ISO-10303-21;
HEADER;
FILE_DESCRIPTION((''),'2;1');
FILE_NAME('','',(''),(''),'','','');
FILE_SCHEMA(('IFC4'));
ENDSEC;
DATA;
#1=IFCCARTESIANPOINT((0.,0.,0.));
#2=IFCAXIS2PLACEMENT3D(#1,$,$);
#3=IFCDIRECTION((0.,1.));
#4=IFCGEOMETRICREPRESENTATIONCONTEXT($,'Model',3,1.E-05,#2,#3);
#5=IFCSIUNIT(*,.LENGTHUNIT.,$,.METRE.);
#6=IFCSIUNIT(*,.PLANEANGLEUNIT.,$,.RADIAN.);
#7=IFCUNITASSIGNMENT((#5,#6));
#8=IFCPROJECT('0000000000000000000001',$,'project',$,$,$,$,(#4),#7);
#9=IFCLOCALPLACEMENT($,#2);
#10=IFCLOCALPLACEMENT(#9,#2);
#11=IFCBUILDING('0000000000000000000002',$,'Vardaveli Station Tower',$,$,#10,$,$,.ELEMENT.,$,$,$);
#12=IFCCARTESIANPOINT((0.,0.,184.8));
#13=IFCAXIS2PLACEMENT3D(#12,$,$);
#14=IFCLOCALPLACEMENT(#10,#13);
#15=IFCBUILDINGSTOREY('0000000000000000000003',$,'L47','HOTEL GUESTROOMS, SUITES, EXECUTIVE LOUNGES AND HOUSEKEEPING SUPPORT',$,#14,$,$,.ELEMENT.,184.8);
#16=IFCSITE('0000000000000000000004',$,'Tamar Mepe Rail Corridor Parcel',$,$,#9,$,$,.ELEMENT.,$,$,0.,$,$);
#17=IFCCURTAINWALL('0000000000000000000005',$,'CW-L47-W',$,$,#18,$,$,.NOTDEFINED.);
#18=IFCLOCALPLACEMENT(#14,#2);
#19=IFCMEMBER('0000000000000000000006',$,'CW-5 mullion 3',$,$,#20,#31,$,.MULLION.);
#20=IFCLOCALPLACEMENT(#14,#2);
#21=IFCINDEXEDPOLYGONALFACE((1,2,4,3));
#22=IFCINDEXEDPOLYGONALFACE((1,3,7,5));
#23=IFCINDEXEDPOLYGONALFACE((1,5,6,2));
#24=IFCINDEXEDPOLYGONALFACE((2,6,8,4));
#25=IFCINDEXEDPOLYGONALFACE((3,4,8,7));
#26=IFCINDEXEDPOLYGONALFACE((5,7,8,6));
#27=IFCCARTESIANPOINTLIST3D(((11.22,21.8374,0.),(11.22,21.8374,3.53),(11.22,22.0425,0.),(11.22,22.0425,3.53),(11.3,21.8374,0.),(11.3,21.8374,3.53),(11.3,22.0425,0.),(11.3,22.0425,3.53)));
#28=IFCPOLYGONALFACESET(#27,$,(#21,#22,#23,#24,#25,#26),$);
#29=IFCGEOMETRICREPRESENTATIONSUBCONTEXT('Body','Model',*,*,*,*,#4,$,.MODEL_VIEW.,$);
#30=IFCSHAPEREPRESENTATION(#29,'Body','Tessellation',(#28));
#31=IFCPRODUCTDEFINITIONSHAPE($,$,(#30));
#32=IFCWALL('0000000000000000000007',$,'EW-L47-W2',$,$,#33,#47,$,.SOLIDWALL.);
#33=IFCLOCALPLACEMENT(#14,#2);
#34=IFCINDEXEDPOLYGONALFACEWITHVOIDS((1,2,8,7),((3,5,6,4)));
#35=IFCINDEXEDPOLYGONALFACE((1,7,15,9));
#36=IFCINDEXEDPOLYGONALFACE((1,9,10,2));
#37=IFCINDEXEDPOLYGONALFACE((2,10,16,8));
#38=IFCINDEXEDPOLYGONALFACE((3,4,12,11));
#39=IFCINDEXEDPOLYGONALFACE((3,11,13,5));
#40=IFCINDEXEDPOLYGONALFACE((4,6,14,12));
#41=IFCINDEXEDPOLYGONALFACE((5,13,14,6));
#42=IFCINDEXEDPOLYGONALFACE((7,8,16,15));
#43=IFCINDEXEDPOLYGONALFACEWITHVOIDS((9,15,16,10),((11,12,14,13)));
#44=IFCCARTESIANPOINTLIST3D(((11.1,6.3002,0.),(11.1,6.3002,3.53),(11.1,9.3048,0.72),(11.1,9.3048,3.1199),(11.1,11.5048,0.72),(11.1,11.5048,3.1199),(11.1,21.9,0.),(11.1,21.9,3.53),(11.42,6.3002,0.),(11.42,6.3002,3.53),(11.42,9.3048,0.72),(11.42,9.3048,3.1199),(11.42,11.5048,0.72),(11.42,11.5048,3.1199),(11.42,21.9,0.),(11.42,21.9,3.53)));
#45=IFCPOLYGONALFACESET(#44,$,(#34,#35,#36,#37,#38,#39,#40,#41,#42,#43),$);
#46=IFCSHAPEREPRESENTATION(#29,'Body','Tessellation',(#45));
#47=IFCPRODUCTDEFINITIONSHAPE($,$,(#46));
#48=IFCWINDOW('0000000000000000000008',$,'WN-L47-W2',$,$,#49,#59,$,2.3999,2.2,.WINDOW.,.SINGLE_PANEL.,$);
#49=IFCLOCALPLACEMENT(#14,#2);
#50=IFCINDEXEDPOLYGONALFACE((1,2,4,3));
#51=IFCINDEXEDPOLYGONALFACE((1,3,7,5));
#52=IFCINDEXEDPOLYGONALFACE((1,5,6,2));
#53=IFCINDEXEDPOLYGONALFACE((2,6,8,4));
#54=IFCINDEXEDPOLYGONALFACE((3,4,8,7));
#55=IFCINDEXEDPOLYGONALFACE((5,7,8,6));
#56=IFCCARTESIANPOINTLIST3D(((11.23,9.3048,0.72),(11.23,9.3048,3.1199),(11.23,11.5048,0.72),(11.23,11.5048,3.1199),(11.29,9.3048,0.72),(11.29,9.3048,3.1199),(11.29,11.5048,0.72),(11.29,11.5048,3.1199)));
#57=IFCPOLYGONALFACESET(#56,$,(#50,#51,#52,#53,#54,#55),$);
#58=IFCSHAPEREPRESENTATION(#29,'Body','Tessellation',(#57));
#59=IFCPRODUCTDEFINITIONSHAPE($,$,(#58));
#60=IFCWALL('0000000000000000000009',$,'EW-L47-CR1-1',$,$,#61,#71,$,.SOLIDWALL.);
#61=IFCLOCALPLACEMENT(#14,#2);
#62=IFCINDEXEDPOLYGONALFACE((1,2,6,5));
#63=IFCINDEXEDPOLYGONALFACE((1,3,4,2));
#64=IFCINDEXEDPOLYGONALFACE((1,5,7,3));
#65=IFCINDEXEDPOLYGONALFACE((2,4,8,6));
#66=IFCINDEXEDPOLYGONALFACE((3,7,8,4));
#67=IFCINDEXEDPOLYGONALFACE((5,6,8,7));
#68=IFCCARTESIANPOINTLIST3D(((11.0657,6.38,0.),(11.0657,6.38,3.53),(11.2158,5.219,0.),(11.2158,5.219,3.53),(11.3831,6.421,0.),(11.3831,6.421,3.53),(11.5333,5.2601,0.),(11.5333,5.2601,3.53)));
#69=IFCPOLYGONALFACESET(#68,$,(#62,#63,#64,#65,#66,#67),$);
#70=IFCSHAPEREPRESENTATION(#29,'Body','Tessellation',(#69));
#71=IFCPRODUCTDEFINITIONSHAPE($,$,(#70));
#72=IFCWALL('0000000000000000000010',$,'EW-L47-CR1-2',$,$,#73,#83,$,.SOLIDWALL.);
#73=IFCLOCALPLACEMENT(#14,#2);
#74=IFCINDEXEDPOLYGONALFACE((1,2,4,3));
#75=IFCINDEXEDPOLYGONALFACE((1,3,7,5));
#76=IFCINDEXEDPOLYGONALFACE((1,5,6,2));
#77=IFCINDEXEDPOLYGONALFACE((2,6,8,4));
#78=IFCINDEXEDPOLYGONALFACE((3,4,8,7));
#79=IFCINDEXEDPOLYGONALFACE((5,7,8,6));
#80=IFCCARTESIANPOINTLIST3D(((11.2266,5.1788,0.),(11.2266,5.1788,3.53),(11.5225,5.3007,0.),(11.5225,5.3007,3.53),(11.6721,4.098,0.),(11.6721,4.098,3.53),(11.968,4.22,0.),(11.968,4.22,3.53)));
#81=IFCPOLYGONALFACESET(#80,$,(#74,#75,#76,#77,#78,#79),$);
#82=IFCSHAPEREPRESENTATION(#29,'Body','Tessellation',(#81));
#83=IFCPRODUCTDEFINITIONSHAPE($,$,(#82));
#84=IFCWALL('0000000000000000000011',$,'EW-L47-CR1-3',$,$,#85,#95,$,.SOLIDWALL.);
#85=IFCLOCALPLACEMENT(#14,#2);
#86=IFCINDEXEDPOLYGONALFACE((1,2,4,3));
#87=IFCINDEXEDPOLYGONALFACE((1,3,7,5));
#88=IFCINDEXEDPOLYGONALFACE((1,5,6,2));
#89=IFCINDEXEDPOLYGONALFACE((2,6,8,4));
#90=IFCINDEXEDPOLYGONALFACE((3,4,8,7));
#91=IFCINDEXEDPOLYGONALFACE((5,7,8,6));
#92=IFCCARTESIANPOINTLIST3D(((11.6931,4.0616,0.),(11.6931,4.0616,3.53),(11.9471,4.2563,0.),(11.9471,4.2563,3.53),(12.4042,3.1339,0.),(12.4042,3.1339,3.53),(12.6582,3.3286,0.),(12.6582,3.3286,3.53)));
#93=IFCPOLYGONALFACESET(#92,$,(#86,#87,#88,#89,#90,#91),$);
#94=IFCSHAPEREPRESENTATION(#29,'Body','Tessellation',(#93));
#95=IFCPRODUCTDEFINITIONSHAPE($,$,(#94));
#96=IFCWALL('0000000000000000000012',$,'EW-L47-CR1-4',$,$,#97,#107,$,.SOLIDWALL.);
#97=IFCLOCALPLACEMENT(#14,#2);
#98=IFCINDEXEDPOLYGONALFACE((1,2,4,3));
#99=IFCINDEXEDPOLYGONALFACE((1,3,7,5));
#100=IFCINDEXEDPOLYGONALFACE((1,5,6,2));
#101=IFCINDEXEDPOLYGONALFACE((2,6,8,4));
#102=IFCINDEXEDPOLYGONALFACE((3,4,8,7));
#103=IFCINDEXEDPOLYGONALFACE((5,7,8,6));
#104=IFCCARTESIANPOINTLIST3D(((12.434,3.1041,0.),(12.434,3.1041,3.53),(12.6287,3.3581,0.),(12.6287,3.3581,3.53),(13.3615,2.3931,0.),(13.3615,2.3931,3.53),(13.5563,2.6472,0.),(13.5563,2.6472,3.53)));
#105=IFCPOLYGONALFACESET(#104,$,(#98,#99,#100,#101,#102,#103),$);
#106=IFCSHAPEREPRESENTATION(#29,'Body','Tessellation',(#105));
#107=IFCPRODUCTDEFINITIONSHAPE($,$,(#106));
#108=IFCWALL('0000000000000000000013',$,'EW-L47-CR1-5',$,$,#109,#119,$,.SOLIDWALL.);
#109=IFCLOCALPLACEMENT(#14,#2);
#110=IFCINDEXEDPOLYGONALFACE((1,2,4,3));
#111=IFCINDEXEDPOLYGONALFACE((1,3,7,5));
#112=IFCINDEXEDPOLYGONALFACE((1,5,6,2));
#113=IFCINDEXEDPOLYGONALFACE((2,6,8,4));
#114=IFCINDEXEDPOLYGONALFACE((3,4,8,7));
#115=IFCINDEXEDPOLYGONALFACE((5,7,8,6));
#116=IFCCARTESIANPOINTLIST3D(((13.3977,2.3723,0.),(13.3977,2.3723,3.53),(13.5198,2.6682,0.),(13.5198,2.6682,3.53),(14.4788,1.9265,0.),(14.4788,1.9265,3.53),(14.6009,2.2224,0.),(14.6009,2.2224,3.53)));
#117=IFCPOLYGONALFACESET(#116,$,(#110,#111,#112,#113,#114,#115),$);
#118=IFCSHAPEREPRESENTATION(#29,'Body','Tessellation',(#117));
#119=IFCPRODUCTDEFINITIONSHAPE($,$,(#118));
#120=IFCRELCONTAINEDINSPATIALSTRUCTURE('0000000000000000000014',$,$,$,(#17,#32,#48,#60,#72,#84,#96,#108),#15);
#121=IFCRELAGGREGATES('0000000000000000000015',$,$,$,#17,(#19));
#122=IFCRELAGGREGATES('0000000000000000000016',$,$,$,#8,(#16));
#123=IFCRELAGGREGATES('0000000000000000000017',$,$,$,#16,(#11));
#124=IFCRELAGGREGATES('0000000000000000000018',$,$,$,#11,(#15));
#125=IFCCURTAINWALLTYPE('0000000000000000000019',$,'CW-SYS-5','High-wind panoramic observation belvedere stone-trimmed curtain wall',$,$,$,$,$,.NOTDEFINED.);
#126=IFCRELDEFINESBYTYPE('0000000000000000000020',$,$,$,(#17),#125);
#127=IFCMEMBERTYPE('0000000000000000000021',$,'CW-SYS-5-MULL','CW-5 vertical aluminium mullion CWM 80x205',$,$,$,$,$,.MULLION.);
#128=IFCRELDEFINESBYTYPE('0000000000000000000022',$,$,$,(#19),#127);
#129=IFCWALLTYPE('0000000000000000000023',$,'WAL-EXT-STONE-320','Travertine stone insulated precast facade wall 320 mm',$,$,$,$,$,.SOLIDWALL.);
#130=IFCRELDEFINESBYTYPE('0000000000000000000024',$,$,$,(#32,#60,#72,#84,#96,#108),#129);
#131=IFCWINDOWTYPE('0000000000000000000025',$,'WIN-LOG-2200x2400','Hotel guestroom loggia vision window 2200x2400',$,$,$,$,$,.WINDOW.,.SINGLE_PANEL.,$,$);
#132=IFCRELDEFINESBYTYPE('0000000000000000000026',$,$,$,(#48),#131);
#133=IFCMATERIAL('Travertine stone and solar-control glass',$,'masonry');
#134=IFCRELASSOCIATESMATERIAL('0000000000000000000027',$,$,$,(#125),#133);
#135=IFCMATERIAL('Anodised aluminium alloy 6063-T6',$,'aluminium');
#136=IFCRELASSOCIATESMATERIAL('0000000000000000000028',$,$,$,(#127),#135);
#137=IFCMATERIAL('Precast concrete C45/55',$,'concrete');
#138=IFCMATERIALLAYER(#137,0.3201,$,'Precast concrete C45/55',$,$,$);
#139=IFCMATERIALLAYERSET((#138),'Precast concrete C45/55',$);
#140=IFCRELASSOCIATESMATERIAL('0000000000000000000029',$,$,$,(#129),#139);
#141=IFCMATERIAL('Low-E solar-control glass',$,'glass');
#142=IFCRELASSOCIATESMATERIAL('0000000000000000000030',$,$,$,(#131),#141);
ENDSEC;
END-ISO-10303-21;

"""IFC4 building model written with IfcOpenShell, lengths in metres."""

from ifc_helpers import new_model, si_unit, direction, frame, frame_2d, origin, origin_2d, place, context, subcontext, project, spatial, rectangle, extrude, source, transform, mapped, material, layer, layer_set, material_profile, profile_set, type_object, element, fill, aggregate, save


model = new_model("IFC4")

# Units and contexts
model_context = context("Model", 3, precision=1e-05, world=origin(), true_north=direction((0.0, 1.0)))
body_context = subcontext(model_context, "Body", "Model", "MODEL_VIEW")
ifc_project = project(units=[si_unit("LENGTHUNIT", "METRE"), si_unit("PLANEANGLEUNIT", "RADIAN")], contexts=[model_context])

# Site, building, storey
site_placement = place(None, origin())
site = spatial("IfcSite", under=ifc_project, at=site_placement, Name="Tamar Mepe Rail Corridor Parcel", CompositionType="ELEMENT", RefElevation=0.0)
building_placement = place(site_placement, origin())
building = spatial("IfcBuilding", under=site, at=building_placement, Name="Vardaveli Station Tower", CompositionType="ELEMENT")
storey_placement = place(building_placement, frame((0.0, 0.0, 184.8)))
storey = spatial("IfcBuildingStorey", under=building, at=storey_placement, Name="L47", Description="HOTEL GUESTROOMS, SUITES, EXECUTIVE LOUNGES AND HOUSEKEEPING SUPPORT", CompositionType="ELEMENT", Elevation=184.8)

# Shared definitions
ifc_material_1 = material(Name="Precast concrete C45/55", Category="concrete")

# Curtain wall, member
ifc_material_2 = material(Name="Travertine stone and solar-control glass", Category="masonry")
curtain_wall_type = type_object("IfcCurtainWallType", Name="CW-SYS-5", Description="High-wind panoramic observation belvedere stone-trimmed curtain wall", PredefinedType="NOTDEFINED", material=ifc_material_2)
curtain_wall_placement = place(storey_placement, origin())
curtain_wall = element("IfcCurtainWall", 1, at=curtain_wall_placement, inside=storey, type_object=curtain_wall_type, Name="CW-L47-W", PredefinedType="NOTDEFINED")
ifc_material_3 = material(Name="Anodised aluminium alloy 6063-T6", Category="aluminium")
ifc_material_profile_1 = material_profile(ifc_material_3, rectangle(XDim=0.0801, YDim=0.2051, at=origin_2d()), Name="CWM 80x205")
ifc_profile_set_1 = profile_set([ifc_material_profile_1], Name="Anodised aluminium alloy 6063-T6")
member_type = type_object("IfcMemberType", Name="CW-SYS-5-MULL", Description="CW-5 vertical aluminium mullion CWM 80x205", PredefinedType="MULLION", material=ifc_profile_set_1)
shared_shape_1 = source(origin(), body_context, "Body", "SweptSolid", [
    extrude(rectangle(XDim=0.0801, YDim=0.2051, at=origin_2d()), origin(), (0.0, 0.0, 1.0), 3.53),
])
member_placement = place(storey_placement, frame((11.26, 21.9399, 0.0), z_axis=(0.0, 0.0, 1.0), x_axis=(1.0, 0.0, 0.0)))
member = element("IfcMember", 2, at=member_placement, type_object=member_type, Name="CW-5 mullion 3", PredefinedType="MULLION", context=body_context, shape_type="MappedRepresentation", body=[
    mapped(shared_shape_1, transform((0.0, 0.0, 0.0), scale=1.0)),
])
aggregate(curtain_wall, [member])

# Wall, opening, window
ifc_layer_1 = layer(ifc_material_1, 0.3201, Name="Precast concrete C45/55")
ifc_layer_set_1 = layer_set([ifc_layer_1], Name="Precast concrete C45/55")
wall_type_1 = type_object("IfcWallType", Name="WAL-EXT-STONE-320", Description="Travertine stone insulated precast facade wall 320 mm", PredefinedType="SOLIDWALL", material=ifc_layer_set_1)
shared_shape_2 = source(origin(), body_context, "Body", "SweptSolid", [
    extrude(rectangle(XDim=15.5999, YDim=0.3201, at=frame_2d((7.7998, 0.0))), origin(), (0.0, 0.0, 1.0), 3.53),
])
wall_1_placement = place(storey_placement, frame((11.26, 21.8999, 0.0), z_axis=(0.0, 0.0, 1.0), x_axis=(0.0, -1.0, 0.0)))
wall_1 = element("IfcWall", 3, at=wall_1_placement, inside=storey, type_object=wall_type_1, Name="EW-L47-W2", PredefinedType="SOLIDWALL", context=body_context, shape_type="MappedRepresentation", body=[
    mapped(shared_shape_2, transform((0.0, 0.0, 0.0), scale=1.0)),
])
shared_shape_3 = source(origin(), body_context, "Body", "SweptSolid", [
    extrude(rectangle(XDim=2.2, YDim=2.3999, at=frame_2d((1.1001, 1.2))), frame((0.0, 0.1699, 0.0), z_axis=(0.0, -1.0, 0.0), x_axis=(1.0, 0.0, 0.0)), (0.0, 0.0, 1.0), 0.3401),
])
opening_1_placement = place(wall_1_placement, frame((10.395, 0.0, 0.72)))
opening_1 = element("IfcOpeningElement", 4, at=opening_1_placement, cuts=wall_1, PredefinedType="OPENING", context=body_context, shape_type="MappedRepresentation", body=[
    mapped(shared_shape_3, transform((0.0, 0.0, 0.0), scale=1.0)),
])
ifc_material_4 = material(Name="Low-E solar-control glass", Category="glass")
window_type = type_object("IfcWindowType", Name="WIN-LOG-2200x2400", Description="Hotel guestroom loggia vision window 2200x2400", PartitioningType="SINGLE_PANEL", PredefinedType="WINDOW", material=ifc_material_4)
shared_shape_4 = source(origin(), body_context, "Body", "SweptSolid", [
    extrude(rectangle(XDim=2.2, YDim=2.3999, at=frame_2d((1.1001, 1.2))), frame((0.0, 0.03, 0.0), z_axis=(0.0, -1.0, 0.0), x_axis=(1.0, 0.0, 0.0)), (0.0, 0.0, 1.0), 0.0601),
])
window_placement = place(opening_1_placement, origin())
window = element("IfcWindow", 5, at=window_placement, inside=storey, type_object=window_type, Name="WN-L47-W2", OverallHeight=2.3999, OverallWidth=2.2, PartitioningType="SINGLE_PANEL", PredefinedType="WINDOW", context=body_context, shape_type="MappedRepresentation", body=[
    mapped(shared_shape_4, transform((0.0, 0.0, 0.0), scale=1.0)),
])
fill(opening_1, window)

# Walls
shared_shape_5 = source(origin(), body_context, "Body", "SweptSolid", [
    extrude(rectangle(XDim=1.1707, YDim=0.3201, at=frame_2d((0.5854, 0.0))), origin(), (0.0, 0.0, 1.0), 3.53),
])
wall_2_placement = place(storey_placement, frame((11.2244, 6.4006, 0.0), z_axis=(0.0, 0.0, 1.0), x_axis=(0.128269, -0.991739, 0.0)))
element("IfcWall", 6, at=wall_2_placement, inside=storey, type_object=wall_type_1, Name="EW-L47-CR1-1", PredefinedType="SOLIDWALL", context=body_context, shape_type="MappedRepresentation", body=[
    mapped(shared_shape_5, transform((0.0, 0.0, 0.0), scale=1.0)),
])
shared_shape_6 = source(origin(), body_context, "Body", "SweptSolid", [
    extrude(rectangle(XDim=1.1689, YDim=0.3201, at=frame_2d((0.5845, 0.0))), origin(), (0.0, 0.0, 1.0), 3.53),
])
for number, where, z_axis, x_axis, name in (
    (7, (11.3745, 5.2397, 0.0), (0.0, 0.0, 1.0), (0.381128, -0.924522, 0.0), "EW-L47-CR1-2"),
    (8, (11.8201, 4.1589, 0.0), (0.0, 0.0, 1.0), (0.608388, -0.79364, 0.0), "EW-L47-CR1-3"),
):
    element("IfcWall", number, at=place(storey_placement, frame(where, z_axis=z_axis, x_axis=x_axis)), inside=storey, type_object=wall_type_1, Name=name, PredefinedType="SOLIDWALL", context=body_context, shape_type="MappedRepresentation", body=[
        mapped(shared_shape_6, transform((0.0, 0.0, 0.0), scale=1.0)),
    ])
shared_shape_7 = source(origin(), body_context, "Body", "SweptSolid", [
    extrude(rectangle(XDim=1.1687, YDim=0.3201, at=frame_2d((0.5845, 0.0))), origin(), (0.0, 0.0, 1.0), 3.53),
])
wall_3_placement = place(storey_placement, frame((12.5312, 3.2312, 0.0), z_axis=(0.0, 0.0, 1.0), x_axis=(0.793664, -0.608357, 0.0)))
element("IfcWall", 9, at=wall_3_placement, inside=storey, type_object=wall_type_1, Name="EW-L47-CR1-4", PredefinedType="SOLIDWALL", context=body_context, shape_type="MappedRepresentation", body=[
    mapped(shared_shape_7, transform((0.0, 0.0, 0.0), scale=1.0)),
])
shared_shape_8 = source(origin(), body_context, "Body", "SweptSolid", [
    extrude(rectangle(XDim=1.1694, YDim=0.3201, at=frame_2d((0.5847, 0.0))), origin(), (0.0, 0.0, 1.0), 3.53),
])
wall_4_placement = place(storey_placement, frame((13.4587, 2.5203, 0.0), z_axis=(0.0, 0.0, 1.0), x_axis=(0.924479, -0.381233, 0.0)))
element("IfcWall", 10, at=wall_4_placement, inside=storey, type_object=wall_type_1, Name="EW-L47-CR1-5", PredefinedType="SOLIDWALL", context=body_context, shape_type="MappedRepresentation", body=[
    mapped(shared_shape_8, transform((0.0, 0.0, 0.0), scale=1.0)),
])

save(model, "model.ifc")
